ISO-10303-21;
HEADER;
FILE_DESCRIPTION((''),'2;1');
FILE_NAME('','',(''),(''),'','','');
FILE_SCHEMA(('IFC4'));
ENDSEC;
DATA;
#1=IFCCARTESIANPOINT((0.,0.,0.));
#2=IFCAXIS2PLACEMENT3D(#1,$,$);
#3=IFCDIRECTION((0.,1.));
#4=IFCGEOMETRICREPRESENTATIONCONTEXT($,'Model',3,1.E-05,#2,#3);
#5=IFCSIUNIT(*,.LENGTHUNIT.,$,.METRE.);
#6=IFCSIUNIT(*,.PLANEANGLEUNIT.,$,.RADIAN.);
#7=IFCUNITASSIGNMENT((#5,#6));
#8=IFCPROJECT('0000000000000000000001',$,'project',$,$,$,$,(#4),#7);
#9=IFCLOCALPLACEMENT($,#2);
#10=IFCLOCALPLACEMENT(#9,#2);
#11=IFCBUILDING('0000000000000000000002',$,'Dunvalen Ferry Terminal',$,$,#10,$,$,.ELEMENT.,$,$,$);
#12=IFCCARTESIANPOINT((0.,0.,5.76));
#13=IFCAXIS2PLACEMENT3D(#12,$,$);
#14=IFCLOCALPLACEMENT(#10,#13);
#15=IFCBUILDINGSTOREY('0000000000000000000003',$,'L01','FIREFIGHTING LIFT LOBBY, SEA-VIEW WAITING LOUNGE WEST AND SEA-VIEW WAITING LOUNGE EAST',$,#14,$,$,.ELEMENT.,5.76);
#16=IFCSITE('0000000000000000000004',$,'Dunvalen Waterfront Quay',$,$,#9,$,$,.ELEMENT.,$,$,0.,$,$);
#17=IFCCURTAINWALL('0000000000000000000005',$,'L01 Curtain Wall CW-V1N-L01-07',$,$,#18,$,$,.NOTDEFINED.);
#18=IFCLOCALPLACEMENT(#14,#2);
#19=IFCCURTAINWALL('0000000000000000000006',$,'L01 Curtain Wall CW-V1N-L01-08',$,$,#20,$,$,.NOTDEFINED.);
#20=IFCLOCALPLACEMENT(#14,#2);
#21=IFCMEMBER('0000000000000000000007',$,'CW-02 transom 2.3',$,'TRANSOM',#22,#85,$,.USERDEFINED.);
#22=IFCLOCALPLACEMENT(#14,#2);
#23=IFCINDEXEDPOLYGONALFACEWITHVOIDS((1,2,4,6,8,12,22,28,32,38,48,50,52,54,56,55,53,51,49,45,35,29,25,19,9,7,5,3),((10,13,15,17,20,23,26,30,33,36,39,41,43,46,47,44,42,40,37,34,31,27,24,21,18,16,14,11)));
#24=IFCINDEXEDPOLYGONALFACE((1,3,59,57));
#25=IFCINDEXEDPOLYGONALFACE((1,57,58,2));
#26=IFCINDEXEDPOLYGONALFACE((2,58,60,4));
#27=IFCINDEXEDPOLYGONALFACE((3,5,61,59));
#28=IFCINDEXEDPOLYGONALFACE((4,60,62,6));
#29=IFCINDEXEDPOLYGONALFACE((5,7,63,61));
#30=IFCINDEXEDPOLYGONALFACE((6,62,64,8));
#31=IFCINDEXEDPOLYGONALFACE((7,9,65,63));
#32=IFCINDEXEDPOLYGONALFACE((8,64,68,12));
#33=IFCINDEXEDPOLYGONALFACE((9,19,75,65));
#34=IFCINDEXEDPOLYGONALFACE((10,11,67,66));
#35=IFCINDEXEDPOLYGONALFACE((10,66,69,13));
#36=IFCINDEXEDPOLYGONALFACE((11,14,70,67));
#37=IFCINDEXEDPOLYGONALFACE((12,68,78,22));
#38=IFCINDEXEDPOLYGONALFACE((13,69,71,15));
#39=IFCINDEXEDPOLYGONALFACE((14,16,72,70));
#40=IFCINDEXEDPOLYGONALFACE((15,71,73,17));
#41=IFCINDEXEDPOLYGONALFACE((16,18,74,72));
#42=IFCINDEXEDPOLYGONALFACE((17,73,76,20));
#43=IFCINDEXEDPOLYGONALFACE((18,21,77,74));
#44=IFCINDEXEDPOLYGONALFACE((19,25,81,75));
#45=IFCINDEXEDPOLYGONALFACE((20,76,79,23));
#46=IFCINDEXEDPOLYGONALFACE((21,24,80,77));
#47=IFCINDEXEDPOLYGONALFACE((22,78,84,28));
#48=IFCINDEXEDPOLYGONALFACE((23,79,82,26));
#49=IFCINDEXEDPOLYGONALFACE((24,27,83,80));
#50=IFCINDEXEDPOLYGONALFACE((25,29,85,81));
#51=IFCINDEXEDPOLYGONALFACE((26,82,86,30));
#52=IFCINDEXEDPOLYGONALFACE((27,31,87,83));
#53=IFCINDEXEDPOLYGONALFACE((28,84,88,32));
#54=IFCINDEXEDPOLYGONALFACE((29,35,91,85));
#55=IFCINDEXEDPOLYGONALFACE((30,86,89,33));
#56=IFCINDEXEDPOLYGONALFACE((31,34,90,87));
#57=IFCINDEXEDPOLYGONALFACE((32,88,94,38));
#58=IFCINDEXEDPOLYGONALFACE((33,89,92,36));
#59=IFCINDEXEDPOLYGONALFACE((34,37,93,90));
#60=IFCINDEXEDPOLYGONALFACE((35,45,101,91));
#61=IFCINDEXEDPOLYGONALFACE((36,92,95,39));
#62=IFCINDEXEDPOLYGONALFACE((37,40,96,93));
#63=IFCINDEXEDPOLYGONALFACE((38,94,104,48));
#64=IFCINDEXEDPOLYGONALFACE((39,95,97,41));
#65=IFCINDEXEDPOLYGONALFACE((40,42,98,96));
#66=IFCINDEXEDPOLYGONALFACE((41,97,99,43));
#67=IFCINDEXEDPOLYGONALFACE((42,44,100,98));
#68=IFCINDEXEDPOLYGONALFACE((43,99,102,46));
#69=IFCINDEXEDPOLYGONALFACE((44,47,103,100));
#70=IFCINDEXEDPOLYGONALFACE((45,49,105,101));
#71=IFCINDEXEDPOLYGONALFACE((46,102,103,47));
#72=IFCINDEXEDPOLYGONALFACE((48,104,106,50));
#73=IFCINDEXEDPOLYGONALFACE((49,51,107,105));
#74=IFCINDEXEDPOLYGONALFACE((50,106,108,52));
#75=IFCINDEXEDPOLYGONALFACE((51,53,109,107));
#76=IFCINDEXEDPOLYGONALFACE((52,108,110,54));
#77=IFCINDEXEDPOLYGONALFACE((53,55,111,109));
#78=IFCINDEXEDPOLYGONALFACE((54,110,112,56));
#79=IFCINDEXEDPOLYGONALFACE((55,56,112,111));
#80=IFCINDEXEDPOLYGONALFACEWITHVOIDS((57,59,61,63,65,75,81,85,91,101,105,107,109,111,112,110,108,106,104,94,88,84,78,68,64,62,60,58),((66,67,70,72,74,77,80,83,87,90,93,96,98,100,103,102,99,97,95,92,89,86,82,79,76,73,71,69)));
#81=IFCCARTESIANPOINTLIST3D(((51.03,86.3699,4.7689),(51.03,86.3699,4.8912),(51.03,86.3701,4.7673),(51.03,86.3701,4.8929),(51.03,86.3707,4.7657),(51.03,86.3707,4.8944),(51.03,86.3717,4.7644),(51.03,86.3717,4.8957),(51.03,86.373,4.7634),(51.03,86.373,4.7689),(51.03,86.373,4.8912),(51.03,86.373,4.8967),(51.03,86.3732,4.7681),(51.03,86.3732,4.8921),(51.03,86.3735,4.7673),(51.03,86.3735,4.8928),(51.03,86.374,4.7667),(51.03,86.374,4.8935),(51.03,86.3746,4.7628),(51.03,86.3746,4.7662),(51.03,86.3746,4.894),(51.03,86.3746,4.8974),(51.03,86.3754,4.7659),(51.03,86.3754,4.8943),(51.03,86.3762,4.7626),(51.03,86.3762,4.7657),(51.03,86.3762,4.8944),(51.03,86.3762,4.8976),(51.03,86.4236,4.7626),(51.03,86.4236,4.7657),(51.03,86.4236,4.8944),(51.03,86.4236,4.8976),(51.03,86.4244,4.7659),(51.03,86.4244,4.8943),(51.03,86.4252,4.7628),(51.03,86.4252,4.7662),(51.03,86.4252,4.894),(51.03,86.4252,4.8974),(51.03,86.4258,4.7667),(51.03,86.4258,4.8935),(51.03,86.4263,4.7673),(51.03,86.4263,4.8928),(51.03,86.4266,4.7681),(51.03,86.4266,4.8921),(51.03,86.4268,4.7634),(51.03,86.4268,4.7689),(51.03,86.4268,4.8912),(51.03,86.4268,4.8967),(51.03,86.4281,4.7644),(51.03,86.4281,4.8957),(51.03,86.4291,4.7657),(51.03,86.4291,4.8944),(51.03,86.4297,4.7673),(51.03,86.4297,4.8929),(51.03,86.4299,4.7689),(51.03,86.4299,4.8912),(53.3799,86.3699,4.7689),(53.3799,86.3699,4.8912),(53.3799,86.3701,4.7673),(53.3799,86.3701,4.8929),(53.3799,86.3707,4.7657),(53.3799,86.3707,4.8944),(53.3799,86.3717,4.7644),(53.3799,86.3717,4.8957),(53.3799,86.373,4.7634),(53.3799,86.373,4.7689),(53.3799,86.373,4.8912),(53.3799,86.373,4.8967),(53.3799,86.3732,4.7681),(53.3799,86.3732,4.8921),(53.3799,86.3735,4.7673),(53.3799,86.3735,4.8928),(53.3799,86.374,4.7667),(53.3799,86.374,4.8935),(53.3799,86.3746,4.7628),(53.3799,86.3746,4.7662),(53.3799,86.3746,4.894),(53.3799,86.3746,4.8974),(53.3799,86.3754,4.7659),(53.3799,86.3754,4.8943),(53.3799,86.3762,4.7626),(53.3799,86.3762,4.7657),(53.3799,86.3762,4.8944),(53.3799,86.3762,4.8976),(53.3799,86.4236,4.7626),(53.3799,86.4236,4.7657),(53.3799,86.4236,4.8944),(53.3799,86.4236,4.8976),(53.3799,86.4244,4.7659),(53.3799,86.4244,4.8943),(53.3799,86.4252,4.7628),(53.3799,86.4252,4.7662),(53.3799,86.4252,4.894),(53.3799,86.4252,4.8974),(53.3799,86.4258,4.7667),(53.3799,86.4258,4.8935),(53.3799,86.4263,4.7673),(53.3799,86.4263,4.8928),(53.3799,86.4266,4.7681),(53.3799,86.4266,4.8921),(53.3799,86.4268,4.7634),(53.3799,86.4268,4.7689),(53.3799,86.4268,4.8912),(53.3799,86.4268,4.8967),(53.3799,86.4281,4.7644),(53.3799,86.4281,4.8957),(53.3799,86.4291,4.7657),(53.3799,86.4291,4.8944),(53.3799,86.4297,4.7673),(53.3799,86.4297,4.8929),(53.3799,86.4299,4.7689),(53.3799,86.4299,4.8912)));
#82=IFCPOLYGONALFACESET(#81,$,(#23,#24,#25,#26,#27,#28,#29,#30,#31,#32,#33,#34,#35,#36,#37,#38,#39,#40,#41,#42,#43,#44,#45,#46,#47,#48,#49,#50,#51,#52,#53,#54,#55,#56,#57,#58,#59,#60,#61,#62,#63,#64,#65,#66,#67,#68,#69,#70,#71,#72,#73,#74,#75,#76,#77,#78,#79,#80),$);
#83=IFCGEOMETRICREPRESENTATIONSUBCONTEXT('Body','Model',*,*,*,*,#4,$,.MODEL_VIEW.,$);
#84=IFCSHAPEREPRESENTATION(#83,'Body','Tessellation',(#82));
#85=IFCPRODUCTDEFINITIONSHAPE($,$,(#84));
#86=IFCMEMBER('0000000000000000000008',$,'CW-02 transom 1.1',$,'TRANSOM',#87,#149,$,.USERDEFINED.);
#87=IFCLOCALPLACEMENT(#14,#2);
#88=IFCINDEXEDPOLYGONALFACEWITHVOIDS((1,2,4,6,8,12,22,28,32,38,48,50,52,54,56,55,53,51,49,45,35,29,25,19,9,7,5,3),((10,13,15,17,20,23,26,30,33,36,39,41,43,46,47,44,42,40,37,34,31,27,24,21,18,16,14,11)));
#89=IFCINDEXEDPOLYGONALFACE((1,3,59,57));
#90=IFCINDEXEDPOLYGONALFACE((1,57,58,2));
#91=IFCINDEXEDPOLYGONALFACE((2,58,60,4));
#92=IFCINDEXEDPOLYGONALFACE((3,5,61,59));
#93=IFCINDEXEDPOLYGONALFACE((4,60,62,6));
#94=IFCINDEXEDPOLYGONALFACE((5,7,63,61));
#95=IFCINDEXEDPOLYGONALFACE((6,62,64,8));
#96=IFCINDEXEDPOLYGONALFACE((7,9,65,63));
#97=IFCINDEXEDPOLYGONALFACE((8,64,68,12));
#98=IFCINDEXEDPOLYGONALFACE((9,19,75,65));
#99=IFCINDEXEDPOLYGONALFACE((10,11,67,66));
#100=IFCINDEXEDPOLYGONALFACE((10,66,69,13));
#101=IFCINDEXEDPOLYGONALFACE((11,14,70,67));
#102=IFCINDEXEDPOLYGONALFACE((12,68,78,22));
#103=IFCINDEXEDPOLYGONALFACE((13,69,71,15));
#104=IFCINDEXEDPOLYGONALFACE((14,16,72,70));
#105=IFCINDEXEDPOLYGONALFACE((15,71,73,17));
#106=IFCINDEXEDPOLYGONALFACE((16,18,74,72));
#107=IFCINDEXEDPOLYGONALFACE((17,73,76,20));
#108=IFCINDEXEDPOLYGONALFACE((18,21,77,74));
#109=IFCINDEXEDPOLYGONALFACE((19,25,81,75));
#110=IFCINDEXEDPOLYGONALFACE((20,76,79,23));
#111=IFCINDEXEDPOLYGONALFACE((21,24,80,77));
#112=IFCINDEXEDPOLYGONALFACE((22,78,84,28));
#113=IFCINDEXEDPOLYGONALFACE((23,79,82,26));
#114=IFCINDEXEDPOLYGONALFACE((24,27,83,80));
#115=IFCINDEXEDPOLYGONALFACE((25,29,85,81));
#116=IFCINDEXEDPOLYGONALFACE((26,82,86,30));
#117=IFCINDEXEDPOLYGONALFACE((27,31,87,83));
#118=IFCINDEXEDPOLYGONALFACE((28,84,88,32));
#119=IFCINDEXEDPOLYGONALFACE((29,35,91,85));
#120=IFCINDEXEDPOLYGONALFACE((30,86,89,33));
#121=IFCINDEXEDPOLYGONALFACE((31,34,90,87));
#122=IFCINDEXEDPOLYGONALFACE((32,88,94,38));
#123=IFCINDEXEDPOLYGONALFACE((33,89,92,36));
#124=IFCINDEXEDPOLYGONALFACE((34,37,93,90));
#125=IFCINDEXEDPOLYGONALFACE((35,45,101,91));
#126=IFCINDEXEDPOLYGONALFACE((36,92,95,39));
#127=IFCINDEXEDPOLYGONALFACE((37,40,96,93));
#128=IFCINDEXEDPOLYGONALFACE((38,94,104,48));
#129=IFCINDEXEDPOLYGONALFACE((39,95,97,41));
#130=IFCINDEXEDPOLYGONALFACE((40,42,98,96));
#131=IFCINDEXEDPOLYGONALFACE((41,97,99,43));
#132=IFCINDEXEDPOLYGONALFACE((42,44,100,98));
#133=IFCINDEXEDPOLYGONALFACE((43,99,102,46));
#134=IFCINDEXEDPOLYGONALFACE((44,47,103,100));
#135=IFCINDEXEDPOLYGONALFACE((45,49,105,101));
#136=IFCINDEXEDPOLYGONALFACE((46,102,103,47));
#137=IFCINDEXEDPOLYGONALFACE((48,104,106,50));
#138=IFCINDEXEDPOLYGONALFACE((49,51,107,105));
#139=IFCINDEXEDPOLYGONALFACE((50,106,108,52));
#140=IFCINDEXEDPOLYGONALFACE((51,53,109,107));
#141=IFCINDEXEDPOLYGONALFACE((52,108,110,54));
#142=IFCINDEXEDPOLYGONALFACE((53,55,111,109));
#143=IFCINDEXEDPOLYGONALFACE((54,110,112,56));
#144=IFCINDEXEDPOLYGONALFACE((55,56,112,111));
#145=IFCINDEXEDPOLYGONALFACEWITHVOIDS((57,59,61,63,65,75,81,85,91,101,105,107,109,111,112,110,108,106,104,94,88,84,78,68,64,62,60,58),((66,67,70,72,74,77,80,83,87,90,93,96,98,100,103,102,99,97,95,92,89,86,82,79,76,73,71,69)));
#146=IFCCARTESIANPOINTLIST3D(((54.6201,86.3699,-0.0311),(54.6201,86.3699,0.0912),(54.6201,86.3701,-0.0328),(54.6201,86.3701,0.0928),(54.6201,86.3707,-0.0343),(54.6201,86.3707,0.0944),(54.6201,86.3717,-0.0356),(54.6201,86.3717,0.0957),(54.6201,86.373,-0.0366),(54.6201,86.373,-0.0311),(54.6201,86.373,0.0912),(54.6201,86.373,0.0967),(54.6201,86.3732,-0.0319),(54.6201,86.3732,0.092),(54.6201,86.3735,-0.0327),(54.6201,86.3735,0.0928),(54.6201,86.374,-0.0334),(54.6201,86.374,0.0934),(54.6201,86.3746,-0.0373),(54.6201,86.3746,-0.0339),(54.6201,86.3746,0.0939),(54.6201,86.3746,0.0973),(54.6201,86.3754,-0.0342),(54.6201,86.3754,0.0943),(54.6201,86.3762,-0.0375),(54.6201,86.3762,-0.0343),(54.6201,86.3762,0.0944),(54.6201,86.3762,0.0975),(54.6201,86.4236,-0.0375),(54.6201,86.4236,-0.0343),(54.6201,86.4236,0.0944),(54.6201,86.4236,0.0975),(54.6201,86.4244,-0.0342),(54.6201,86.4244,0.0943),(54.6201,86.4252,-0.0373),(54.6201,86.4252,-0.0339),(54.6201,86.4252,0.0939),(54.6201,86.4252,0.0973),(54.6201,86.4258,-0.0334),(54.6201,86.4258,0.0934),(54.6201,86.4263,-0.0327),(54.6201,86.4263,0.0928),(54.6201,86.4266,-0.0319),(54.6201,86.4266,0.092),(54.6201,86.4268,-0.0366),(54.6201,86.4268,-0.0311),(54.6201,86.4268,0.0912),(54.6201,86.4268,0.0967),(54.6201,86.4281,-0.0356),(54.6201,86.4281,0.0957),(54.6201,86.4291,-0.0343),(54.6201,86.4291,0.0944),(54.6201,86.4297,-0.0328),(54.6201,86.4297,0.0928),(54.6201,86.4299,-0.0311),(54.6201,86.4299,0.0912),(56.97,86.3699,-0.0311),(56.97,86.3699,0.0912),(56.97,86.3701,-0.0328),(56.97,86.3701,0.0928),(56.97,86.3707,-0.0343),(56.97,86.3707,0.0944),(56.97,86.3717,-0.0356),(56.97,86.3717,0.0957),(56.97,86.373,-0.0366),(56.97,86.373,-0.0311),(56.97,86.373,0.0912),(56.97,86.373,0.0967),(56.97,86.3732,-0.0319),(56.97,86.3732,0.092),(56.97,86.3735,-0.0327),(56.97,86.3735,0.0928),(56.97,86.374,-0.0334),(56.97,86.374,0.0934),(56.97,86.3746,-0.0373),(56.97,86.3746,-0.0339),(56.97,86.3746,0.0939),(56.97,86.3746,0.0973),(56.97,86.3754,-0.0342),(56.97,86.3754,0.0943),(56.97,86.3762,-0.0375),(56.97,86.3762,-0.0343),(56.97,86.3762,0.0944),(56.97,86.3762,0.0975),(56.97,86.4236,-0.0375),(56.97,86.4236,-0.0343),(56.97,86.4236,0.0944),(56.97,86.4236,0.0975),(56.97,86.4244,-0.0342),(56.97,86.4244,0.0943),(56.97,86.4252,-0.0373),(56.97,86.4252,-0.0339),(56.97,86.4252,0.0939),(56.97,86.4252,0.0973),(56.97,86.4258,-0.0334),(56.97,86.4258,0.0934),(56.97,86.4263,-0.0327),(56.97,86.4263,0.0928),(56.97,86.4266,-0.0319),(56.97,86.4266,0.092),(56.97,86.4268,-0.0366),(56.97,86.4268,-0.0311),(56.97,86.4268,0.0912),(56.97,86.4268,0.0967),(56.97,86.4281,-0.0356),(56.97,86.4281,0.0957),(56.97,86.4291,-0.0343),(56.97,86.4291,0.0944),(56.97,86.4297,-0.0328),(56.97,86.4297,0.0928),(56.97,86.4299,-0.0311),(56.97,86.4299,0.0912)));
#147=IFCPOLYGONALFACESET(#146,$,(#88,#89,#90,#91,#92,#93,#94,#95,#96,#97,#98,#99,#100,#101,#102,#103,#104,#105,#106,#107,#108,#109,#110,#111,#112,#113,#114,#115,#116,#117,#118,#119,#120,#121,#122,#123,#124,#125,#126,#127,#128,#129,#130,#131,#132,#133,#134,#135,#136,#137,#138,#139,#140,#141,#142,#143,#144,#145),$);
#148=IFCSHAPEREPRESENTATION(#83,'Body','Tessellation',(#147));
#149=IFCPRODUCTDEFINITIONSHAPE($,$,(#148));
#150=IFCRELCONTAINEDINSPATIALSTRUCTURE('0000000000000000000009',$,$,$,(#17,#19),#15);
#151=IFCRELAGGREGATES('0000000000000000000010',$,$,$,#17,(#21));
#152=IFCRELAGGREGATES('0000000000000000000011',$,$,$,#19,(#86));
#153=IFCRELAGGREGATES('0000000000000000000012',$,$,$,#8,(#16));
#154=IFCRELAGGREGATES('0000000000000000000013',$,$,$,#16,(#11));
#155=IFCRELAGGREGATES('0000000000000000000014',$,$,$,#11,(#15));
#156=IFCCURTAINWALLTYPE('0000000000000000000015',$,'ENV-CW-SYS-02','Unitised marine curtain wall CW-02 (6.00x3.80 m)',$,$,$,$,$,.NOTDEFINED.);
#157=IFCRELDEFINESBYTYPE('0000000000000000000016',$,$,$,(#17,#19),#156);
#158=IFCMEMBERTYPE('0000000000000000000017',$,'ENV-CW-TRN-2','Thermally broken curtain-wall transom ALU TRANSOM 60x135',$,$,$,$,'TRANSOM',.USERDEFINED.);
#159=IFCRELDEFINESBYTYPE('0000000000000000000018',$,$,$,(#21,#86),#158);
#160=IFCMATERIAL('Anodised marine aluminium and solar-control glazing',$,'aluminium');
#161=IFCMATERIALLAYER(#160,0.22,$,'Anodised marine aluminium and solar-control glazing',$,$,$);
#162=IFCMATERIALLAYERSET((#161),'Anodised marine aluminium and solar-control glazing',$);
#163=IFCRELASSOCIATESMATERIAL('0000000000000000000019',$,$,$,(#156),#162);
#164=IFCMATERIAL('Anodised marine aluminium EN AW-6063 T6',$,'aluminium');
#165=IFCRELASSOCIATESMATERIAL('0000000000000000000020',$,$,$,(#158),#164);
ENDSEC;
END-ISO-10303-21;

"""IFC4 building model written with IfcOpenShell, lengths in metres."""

from ifc_helpers import new_model, si_unit, direction, frame, origin, origin_2d, place, context, subcontext, project, spatial, hollow_rectangle, extrude, material, layer, layer_set, material_profile, profile_set, type_object, element, aggregate, save


model = new_model("IFC4")

# Units and contexts
model_context = context("Model", 3, precision=1e-05, world=origin(), true_north=direction((0.0, 1.0)))
body_context = subcontext(model_context, "Body", "Model", "MODEL_VIEW")
ifc_project = project(units=[si_unit("LENGTHUNIT", "METRE"), si_unit("PLANEANGLEUNIT", "RADIAN")], contexts=[model_context])

# Site, building, storey
site_placement = place(None, origin())
site = spatial("IfcSite", under=ifc_project, at=site_placement, Name="Dunvalen Waterfront Quay", CompositionType="ELEMENT", RefElevation=0.0)
building_placement = place(site_placement, origin())
building = spatial("IfcBuilding", under=site, at=building_placement, Name="Dunvalen Ferry Terminal", CompositionType="ELEMENT")
storey_placement = place(building_placement, frame((0.0, 0.0, 5.76)))
storey = spatial("IfcBuildingStorey", under=building, at=storey_placement, Name="L01", Description="FIREFIGHTING LIFT LOBBY, SEA-VIEW WAITING LOUNGE WEST AND SEA-VIEW WAITING LOUNGE EAST", CompositionType="ELEMENT", Elevation=5.76)

# Shared definitions
ifc_material_1 = material(Name="Anodised marine aluminium and solar-control glazing", Category="aluminium")
ifc_layer_1 = layer(ifc_material_1, 0.22, Name="Anodised marine aluminium and solar-control glazing")
ifc_layer_set_1 = layer_set([ifc_layer_1], Name="Anodised marine aluminium and solar-control glazing")
curtain_wall_type = type_object("IfcCurtainWallType", Name="ENV-CW-SYS-02", Description="Unitised marine curtain wall CW-02 (6.00x3.80 m)", PredefinedType="NOTDEFINED", material=ifc_layer_set_1)
ifc_material_2 = material(Name="Anodised marine aluminium EN AW-6063 T6", Category="aluminium")

# Curtain walls
curtain_wall_1_placement = place(storey_placement, origin())
curtain_wall_1 = element("IfcCurtainWall", 1, at=curtain_wall_1_placement, inside=storey, type_object=curtain_wall_type, Name="L01 Curtain Wall CW-V1N-L01-07", PredefinedType="NOTDEFINED")
curtain_wall_2_placement = place(storey_placement, origin())
curtain_wall_2 = element("IfcCurtainWall", 2, at=curtain_wall_2_placement, inside=storey, type_object=curtain_wall_type, Name="L01 Curtain Wall CW-V1N-L01-08", PredefinedType="NOTDEFINED")

# Members
ifc_material_profile_1 = material_profile(ifc_material_2, hollow_rectangle(XDim=0.0601, YDim=0.135, WallThickness=0.0032, InnerFilletRadius=0.0032, OuterFilletRadius=0.0063, at=origin_2d()), Name="Anodised marine aluminium EN AW-6063 T6")
ifc_profile_set_1 = profile_set([ifc_material_profile_1], Name="Anodised marine aluminium EN AW-6063 T6")
member_type_1 = type_object("IfcMemberType", Name="ENV-CW-TRN-2", Description="Thermally broken curtain-wall transom ALU TRANSOM 60x135", ElementType="TRANSOM", PredefinedType="USERDEFINED", material=ifc_profile_set_1)
member_1_placement = place(storey_placement, frame((51.03, 86.3999, 4.8301), z_axis=(1.0, 0.0, 0.0), x_axis=(0.0, 1.0, 0.0)))
member_1 = element("IfcMember", 3, at=member_1_placement, type_object=member_type_1, Name="CW-02 transom 2.3", ObjectType="TRANSOM", PredefinedType="USERDEFINED", context=body_context, shape_type="SweptSolid", body=[
    extrude(hollow_rectangle(XDim=0.0601, YDim=0.135, WallThickness=0.0032, InnerFilletRadius=0.0032, OuterFilletRadius=0.0063, at=origin_2d()), origin(), (0.0, 0.0, 1.0), 2.3499),
])
member_2_placement = place(storey_placement, frame((54.6201, 86.3999, 0.03), z_axis=(1.0, 0.0, 0.0), x_axis=(0.0, 1.0, 0.0)))
member_2 = element("IfcMember", 4, at=member_2_placement, type_object=member_type_1, Name="CW-02 transom 1.1", ObjectType="TRANSOM", PredefinedType="USERDEFINED", context=body_context, shape_type="SweptSolid", body=[
    extrude(hollow_rectangle(XDim=0.0601, YDim=0.135, WallThickness=0.0032, InnerFilletRadius=0.0032, OuterFilletRadius=0.0063, at=origin_2d()), origin(), (0.0, 0.0, 1.0), 2.3499),
])

aggregate(curtain_wall_1, [member_1])
aggregate(curtain_wall_2, [member_2])

save(model, "model.ifc")
